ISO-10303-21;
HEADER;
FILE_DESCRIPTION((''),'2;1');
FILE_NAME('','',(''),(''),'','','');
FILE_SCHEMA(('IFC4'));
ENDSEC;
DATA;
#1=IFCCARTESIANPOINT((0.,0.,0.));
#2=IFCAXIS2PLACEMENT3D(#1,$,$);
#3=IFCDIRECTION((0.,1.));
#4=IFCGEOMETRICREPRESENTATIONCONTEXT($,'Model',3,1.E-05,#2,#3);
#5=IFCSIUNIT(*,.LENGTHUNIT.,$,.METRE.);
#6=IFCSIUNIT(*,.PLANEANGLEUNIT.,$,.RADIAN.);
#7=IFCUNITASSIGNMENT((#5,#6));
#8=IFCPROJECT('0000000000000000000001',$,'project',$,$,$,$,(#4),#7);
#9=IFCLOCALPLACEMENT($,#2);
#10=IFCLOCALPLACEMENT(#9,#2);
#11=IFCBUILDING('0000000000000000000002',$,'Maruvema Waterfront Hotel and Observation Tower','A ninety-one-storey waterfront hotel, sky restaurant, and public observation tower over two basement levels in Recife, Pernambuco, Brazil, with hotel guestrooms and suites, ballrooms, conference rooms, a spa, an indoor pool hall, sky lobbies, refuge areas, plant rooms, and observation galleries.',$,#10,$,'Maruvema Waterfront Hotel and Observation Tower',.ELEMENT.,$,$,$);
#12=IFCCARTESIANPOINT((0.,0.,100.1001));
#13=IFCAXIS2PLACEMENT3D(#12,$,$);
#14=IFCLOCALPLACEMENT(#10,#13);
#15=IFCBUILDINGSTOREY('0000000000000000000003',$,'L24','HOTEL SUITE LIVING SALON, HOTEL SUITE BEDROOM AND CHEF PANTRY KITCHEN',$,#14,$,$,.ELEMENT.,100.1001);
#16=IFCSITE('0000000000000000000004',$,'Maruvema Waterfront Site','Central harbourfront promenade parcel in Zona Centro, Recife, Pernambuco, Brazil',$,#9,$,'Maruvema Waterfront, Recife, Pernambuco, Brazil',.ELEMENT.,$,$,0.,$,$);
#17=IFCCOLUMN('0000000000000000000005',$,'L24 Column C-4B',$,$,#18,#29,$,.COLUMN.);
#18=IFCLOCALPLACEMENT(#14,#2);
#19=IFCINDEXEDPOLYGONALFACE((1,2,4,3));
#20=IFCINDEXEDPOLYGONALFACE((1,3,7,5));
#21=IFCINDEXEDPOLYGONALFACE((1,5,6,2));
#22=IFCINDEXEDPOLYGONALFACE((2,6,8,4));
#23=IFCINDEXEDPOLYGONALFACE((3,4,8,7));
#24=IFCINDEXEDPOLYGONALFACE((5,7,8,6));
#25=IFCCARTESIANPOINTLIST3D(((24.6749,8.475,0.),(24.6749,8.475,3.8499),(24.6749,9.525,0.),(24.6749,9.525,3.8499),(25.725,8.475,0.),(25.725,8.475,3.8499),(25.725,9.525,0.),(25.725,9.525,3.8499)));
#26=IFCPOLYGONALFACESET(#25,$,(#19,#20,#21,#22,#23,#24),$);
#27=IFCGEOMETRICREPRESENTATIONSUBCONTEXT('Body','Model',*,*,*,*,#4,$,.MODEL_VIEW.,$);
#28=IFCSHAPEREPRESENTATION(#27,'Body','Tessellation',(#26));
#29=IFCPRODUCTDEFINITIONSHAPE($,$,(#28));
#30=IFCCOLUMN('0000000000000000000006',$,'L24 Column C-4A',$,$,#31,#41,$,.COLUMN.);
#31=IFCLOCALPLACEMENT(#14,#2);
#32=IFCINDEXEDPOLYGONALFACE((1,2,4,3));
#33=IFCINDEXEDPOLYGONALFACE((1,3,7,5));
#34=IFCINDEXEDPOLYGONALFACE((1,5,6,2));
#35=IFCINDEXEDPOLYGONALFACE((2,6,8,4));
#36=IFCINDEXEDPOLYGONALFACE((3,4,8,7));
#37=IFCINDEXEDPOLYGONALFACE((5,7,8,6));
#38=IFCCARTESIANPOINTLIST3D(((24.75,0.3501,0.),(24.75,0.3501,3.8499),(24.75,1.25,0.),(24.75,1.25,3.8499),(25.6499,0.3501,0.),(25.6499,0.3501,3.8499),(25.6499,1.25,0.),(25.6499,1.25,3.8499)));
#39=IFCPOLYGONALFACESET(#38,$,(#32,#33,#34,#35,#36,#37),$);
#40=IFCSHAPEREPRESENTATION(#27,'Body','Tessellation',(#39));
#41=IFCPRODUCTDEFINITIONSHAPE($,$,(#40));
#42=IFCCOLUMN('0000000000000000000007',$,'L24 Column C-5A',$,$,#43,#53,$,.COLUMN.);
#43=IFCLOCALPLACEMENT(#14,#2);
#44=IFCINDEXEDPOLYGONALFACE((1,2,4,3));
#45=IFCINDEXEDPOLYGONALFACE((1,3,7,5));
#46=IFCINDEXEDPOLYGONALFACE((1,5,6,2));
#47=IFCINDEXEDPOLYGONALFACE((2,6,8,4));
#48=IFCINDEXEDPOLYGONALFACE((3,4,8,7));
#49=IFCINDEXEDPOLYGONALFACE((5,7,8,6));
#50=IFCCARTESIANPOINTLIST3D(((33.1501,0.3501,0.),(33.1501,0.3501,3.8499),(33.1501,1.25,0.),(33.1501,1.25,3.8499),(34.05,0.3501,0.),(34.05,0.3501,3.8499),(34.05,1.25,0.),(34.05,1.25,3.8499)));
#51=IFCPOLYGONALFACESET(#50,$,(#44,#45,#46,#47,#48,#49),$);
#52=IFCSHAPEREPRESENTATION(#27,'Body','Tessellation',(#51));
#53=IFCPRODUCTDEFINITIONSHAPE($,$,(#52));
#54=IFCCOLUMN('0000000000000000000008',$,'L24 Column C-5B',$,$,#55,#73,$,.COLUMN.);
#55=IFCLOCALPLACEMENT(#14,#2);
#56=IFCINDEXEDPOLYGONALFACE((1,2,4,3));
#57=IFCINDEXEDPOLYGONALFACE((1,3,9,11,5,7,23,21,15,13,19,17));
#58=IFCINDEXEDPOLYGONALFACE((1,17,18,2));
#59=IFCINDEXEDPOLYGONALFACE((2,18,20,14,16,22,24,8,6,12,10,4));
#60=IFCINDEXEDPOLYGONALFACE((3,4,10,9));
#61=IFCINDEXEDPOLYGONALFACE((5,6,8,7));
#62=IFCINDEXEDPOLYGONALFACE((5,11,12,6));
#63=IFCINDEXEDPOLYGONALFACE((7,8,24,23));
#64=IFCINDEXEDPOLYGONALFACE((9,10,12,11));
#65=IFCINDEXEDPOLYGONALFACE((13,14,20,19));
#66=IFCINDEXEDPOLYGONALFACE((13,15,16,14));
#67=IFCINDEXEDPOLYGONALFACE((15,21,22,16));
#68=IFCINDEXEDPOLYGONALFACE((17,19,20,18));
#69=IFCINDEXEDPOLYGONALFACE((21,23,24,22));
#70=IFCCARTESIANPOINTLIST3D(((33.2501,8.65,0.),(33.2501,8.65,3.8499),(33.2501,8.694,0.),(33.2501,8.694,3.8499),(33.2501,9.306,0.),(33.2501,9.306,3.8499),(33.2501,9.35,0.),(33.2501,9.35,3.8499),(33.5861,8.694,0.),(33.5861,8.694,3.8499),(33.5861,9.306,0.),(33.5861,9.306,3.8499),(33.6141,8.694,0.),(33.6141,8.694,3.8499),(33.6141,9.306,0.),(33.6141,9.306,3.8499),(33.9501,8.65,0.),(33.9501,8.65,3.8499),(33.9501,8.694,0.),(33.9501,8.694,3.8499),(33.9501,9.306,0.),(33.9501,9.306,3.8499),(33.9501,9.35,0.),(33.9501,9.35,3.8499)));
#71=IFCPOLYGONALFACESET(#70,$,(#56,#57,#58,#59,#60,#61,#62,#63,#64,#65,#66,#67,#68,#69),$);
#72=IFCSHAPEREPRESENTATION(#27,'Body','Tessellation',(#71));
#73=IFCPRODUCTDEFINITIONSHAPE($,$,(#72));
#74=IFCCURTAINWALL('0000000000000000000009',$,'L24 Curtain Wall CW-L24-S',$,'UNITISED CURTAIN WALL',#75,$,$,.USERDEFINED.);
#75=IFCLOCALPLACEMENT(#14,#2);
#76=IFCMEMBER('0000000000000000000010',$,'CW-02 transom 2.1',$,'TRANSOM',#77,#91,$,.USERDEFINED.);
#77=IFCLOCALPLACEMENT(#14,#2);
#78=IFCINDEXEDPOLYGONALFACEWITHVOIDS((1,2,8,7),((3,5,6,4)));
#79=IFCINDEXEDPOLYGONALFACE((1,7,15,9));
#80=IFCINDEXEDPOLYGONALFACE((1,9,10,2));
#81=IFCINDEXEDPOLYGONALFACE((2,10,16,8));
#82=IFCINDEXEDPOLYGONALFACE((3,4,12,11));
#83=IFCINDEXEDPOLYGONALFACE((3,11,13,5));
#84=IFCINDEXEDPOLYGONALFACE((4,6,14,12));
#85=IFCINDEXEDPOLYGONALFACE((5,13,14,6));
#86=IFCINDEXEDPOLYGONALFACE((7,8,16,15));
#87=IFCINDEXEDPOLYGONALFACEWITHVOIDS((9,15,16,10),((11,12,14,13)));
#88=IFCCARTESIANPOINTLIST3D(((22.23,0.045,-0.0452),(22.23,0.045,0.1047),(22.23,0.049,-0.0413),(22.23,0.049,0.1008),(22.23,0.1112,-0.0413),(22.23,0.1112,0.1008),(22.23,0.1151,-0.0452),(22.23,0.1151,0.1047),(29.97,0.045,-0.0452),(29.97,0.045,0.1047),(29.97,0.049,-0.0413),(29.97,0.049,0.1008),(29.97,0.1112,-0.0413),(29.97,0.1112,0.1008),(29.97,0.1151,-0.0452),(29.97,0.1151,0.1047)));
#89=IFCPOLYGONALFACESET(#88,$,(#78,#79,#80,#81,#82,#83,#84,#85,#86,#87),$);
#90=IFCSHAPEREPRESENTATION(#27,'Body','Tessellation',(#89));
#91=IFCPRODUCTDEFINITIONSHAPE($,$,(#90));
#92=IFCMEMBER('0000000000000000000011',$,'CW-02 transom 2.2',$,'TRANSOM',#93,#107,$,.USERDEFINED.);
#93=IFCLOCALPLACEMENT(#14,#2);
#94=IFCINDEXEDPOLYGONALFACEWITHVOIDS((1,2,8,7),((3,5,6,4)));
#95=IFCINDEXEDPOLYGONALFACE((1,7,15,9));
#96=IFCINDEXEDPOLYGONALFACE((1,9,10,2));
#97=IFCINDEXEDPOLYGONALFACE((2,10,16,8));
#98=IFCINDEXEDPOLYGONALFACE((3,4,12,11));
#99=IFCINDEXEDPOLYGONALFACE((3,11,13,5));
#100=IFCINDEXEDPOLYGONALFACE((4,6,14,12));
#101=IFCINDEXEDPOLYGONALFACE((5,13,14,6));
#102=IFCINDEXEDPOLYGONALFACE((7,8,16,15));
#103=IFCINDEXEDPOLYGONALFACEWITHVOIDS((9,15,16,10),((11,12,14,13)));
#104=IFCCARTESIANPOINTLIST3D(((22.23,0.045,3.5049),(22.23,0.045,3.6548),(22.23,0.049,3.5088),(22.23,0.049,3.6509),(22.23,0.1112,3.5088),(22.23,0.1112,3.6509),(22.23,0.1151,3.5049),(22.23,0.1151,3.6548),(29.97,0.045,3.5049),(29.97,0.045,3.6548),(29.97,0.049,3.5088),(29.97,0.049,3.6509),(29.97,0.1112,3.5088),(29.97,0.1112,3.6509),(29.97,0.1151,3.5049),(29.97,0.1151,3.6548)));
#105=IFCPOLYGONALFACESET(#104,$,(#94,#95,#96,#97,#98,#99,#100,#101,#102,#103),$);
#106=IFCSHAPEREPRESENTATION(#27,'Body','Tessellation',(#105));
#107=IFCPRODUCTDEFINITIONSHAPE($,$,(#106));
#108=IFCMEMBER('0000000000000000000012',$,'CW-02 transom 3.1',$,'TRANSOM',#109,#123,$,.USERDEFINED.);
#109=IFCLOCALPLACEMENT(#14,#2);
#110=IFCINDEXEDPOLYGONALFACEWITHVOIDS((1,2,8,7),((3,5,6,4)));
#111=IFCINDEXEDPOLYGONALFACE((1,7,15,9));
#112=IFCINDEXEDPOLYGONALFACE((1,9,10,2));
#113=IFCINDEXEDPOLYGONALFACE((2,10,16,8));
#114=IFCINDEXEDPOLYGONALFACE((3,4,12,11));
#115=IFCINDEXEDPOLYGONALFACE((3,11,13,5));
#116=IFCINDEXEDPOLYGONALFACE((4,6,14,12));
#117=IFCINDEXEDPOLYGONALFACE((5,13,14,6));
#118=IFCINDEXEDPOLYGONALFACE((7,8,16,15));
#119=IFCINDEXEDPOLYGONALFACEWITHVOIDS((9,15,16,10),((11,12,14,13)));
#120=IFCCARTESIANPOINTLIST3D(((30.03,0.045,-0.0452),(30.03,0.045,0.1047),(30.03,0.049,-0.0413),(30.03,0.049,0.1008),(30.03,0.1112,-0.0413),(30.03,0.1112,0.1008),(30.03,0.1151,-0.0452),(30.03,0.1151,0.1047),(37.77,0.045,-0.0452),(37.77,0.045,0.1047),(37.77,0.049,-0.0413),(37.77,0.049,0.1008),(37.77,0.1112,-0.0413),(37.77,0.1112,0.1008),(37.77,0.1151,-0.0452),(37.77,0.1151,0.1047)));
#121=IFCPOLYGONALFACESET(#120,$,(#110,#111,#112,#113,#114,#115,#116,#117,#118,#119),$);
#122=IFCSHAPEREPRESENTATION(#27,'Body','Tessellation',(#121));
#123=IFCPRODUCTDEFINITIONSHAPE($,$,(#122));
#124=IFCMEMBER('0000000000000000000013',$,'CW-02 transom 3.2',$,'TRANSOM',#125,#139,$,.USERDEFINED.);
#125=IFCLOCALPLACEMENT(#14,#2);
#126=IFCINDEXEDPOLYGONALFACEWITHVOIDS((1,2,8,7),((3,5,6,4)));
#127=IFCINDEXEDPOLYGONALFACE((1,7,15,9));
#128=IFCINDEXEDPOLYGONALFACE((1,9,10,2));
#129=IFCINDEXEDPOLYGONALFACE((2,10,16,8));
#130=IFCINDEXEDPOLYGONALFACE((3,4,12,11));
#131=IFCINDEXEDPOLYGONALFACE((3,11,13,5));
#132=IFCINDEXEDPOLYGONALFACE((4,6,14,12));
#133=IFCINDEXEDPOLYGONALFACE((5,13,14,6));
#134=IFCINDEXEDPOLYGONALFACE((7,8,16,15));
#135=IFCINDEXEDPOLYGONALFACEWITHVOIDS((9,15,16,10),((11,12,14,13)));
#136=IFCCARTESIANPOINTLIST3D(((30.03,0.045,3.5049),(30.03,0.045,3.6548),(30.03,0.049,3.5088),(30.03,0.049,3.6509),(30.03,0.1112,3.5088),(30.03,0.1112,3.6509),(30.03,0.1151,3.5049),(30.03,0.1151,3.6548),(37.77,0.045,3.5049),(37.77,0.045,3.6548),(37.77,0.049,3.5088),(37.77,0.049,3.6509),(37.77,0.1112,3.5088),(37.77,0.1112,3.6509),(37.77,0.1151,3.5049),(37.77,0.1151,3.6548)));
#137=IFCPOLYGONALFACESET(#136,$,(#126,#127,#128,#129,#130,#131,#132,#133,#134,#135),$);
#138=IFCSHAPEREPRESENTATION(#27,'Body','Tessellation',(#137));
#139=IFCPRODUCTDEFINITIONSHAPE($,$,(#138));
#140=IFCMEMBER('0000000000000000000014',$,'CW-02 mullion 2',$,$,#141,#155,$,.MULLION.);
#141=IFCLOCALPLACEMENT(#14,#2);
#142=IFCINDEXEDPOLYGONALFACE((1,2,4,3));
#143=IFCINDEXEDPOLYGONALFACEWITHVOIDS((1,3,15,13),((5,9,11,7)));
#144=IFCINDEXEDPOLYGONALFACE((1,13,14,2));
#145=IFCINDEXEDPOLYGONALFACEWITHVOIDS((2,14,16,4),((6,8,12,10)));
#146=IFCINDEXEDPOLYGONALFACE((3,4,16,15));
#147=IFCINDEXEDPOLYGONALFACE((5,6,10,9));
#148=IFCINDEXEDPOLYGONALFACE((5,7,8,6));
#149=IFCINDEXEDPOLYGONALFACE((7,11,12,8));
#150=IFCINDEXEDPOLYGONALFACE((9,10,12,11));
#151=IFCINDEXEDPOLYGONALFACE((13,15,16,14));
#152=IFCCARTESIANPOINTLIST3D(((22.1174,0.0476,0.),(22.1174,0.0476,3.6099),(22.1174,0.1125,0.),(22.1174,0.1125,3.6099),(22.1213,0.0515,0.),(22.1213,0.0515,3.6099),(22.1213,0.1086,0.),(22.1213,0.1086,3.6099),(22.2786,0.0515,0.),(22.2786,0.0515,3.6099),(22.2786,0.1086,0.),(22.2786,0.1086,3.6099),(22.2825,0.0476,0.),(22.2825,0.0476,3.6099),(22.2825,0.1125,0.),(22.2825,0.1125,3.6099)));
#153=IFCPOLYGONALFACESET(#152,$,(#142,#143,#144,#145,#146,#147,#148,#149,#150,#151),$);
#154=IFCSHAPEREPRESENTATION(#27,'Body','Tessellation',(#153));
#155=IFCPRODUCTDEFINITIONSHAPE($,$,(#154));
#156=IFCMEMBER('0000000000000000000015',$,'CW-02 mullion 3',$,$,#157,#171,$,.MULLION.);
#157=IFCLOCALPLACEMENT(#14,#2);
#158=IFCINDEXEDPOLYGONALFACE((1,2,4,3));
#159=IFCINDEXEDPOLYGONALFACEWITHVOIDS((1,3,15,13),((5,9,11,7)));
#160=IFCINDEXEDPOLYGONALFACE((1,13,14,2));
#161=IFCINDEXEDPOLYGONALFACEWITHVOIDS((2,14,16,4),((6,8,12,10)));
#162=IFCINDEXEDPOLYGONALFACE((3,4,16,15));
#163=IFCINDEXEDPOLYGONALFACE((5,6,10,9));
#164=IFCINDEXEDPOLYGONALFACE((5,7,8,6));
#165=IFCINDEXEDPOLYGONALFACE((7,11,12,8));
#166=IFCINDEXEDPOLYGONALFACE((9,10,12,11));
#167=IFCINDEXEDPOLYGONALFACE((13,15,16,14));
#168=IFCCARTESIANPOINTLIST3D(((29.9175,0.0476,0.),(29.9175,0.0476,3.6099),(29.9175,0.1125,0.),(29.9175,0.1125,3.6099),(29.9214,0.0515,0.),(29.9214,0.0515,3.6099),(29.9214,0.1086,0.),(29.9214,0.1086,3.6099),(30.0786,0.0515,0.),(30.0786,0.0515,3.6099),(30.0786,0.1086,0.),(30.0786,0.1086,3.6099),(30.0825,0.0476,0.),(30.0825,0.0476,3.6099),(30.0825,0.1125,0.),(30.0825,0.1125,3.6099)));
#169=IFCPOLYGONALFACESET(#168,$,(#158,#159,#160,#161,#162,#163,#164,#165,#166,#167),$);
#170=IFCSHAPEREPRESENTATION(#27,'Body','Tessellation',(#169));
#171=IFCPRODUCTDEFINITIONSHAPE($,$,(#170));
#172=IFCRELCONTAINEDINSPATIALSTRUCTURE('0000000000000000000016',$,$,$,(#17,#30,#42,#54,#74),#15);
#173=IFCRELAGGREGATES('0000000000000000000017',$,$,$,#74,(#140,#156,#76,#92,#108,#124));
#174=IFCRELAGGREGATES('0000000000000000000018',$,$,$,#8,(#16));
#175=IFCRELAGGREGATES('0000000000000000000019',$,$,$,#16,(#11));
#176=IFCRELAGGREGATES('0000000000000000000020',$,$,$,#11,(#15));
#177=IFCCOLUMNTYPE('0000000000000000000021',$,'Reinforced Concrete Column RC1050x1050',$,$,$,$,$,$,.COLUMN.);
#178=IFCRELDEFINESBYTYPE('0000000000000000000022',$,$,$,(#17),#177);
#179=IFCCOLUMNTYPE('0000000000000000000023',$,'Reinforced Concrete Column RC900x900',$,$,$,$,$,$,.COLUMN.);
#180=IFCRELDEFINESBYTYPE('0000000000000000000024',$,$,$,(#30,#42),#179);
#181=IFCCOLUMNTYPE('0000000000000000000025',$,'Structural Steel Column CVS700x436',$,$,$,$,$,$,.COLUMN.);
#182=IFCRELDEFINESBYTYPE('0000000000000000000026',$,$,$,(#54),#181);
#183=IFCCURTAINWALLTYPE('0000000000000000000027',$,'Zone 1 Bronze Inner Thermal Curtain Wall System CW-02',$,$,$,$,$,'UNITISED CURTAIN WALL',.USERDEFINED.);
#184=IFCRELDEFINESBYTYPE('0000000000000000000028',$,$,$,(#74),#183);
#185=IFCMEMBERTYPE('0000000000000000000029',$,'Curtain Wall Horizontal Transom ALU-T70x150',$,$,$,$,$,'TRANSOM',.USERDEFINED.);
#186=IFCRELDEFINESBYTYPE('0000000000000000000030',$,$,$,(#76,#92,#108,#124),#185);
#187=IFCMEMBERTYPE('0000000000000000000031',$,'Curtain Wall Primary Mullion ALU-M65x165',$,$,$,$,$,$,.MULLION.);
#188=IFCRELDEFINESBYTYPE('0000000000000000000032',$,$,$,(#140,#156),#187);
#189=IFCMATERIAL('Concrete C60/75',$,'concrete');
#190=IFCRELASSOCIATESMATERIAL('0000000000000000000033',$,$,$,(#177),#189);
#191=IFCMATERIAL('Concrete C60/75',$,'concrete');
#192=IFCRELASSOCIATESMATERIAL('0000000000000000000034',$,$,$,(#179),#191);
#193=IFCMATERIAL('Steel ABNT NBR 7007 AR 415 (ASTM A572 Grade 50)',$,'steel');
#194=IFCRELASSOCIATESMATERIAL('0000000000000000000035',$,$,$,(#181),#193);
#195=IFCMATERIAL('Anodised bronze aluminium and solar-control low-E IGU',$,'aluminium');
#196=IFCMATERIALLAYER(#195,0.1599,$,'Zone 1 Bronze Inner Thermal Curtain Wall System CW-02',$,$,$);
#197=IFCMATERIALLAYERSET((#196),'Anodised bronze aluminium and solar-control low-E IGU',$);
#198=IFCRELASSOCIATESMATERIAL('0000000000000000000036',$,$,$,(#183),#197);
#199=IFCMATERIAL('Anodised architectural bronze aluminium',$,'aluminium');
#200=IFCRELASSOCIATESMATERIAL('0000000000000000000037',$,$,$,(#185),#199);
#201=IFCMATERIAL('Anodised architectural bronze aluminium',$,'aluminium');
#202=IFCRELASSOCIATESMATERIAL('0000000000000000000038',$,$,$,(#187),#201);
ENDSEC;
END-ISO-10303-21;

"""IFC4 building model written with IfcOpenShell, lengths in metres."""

from ifc_helpers import new_model, si_unit, direction, frame, origin, origin_2d, place, context, subcontext, project, spatial, rectangle, hollow_rectangle, i_section, extrude, material, layer, layer_set, material_profile, profile_set, type_object, element, aggregate, save


model = new_model("IFC4")

# Units and contexts
model_context = context("Model", 3, precision=1e-05, world=origin(), true_north=direction((0.0, 1.0)))
body_context = subcontext(model_context, "Body", "Model", "MODEL_VIEW")
ifc_project = project(units=[si_unit("LENGTHUNIT", "METRE"), si_unit("PLANEANGLEUNIT", "RADIAN")], contexts=[model_context])

# Site, building, storey
site_placement = place(None, origin())
site = spatial("IfcSite", under=ifc_project, at=site_placement, Name="Maruvema Waterfront Site", Description="Central harbourfront promenade parcel in Zona Centro, Recife, Pernambuco, Brazil", LongName="Maruvema Waterfront, Recife, Pernambuco, Brazil", CompositionType="ELEMENT", RefElevation=0.0)
building_placement = place(site_placement, origin())
building = spatial("IfcBuilding", under=site, at=building_placement, Name="Maruvema Waterfront Hotel and Observation Tower", Description="A ninety-one-storey waterfront hotel, sky restaurant, and public observation tower over two basement levels in Recife, Pernambuco, Brazil, with hotel guestrooms and suites, ballrooms, conference rooms, a spa, an indoor pool hall, sky lobbies, refuge areas, plant rooms, and observation galleries.", LongName="Maruvema Waterfront Hotel and Observation Tower", CompositionType="ELEMENT")
storey_placement = place(building_placement, frame((0.0, 0.0, 100.1001)))
storey = spatial("IfcBuildingStorey", under=building, at=storey_placement, Name="L24", Description="HOTEL SUITE LIVING SALON, HOTEL SUITE BEDROOM AND CHEF PANTRY KITCHEN", CompositionType="ELEMENT", Elevation=100.1001)

# Columns
ifc_material_1 = material(Name="Concrete C60/75", Category="concrete")
ifc_material_profile_1 = material_profile(ifc_material_1, rectangle(XDim=1.05, YDim=1.05, at=origin_2d()), Name="RC1050x1050")
ifc_profile_set_1 = profile_set([ifc_material_profile_1], Name="Concrete C60/75")
column_type_1 = type_object("IfcColumnType", Name="Reinforced Concrete Column RC1050x1050", PredefinedType="COLUMN", material=ifc_profile_set_1)
column_1_placement = place(storey_placement, frame((25.2, 9.0, 0.0), z_axis=(0.0, 0.0, 1.0), x_axis=(1.0, 0.0, 0.0)))
element("IfcColumn", 1, at=column_1_placement, inside=storey, type_object=column_type_1, Name="L24 Column C-4B", PredefinedType="COLUMN", context=body_context, shape_type="SweptSolid", body=[
    extrude(rectangle(XDim=1.05, YDim=1.05, at=origin_2d()), origin(), (0.0, 0.0, 1.0), 3.8499),
])
ifc_material_2 = material(Name="Concrete C60/75", Category="concrete")
ifc_material_profile_2 = material_profile(ifc_material_2, rectangle(XDim=0.8999, YDim=0.8999, at=origin_2d()), Name="RC900x900")
ifc_profile_set_2 = profile_set([ifc_material_profile_2], Name="Concrete C60/75")
column_type_2 = type_object("IfcColumnType", Name="Reinforced Concrete Column RC900x900", PredefinedType="COLUMN", material=ifc_profile_set_2)
for number, where, z_axis, x_axis, name in (
    (2, (25.2, 0.8, 0.0), (0.0, 0.0, 1.0), (1.0, 0.0, 0.0), "L24 Column C-4A"),
    (3, (33.6001, 0.8, 0.0), (0.0, 0.0, 1.0), (1.0, 0.0, 0.0), "L24 Column C-5A"),
):
    element("IfcColumn", number, at=place(storey_placement, frame(where, z_axis=z_axis, x_axis=x_axis)), inside=storey, type_object=column_type_2, Name=name, PredefinedType="COLUMN", context=body_context, shape_type="SweptSolid", body=[
        extrude(rectangle(XDim=0.8999, YDim=0.8999, at=origin_2d()), origin(), (0.0, 0.0, 1.0), 3.8499),
    ])
ifc_material_3 = material(Name="Steel ABNT NBR 7007 AR 415 (ASTM A572 Grade 50)", Category="steel")
ifc_material_profile_3 = material_profile(ifc_material_3, i_section(OverallWidth=0.7, OverallDepth=0.7, WebThickness=0.0281, FlangeThickness=0.0439, at=origin_2d()), Name="CVS700x436")
ifc_profile_set_3 = profile_set([ifc_material_profile_3], Name="Steel ABNT NBR 7007 AR 415 (ASTM A572 Grade 50)")
column_type_3 = type_object("IfcColumnType", Name="Structural Steel Column CVS700x436", PredefinedType="COLUMN", material=ifc_profile_set_3)
column_2_placement = place(storey_placement, frame((33.6001, 9.0, 0.0), z_axis=(0.0, 0.0, 1.0), x_axis=(1.0, 0.0, 0.0)))
element("IfcColumn", 4, at=column_2_placement, inside=storey, type_object=column_type_3, Name="L24 Column C-5B", PredefinedType="COLUMN", context=body_context, shape_type="SweptSolid", body=[
    extrude(i_section(OverallWidth=0.7, OverallDepth=0.7, WebThickness=0.0281, FlangeThickness=0.0439, at=origin_2d()), origin(), (0.0, 0.0, 1.0), 3.8499),
])

# Curtain wall, members
ifc_material_4 = material(Name="Anodised bronze aluminium and solar-control low-E IGU", Category="aluminium")
ifc_layer_1 = layer(ifc_material_4, 0.1599, Name="Zone 1 Bronze Inner Thermal Curtain Wall System CW-02")
ifc_layer_set_1 = layer_set([ifc_layer_1], Name="Anodised bronze aluminium and solar-control low-E IGU")
curtain_wall_type = type_object("IfcCurtainWallType", Name="Zone 1 Bronze Inner Thermal Curtain Wall System CW-02", ElementType="UNITISED CURTAIN WALL", PredefinedType="USERDEFINED", material=ifc_layer_set_1)
curtain_wall_placement = place(storey_placement, origin())
curtain_wall = element("IfcCurtainWall", 5, at=curtain_wall_placement, inside=storey, type_object=curtain_wall_type, Name="L24 Curtain Wall CW-L24-S", ObjectType="UNITISED CURTAIN WALL", PredefinedType="USERDEFINED")
ifc_material_5 = material(Name="Anodised architectural bronze aluminium", Category="aluminium")
ifc_material_profile_4 = material_profile(ifc_material_5, hollow_rectangle(XDim=0.0701, YDim=0.1499, WallThickness=0.0039, at=origin_2d()), Name="ALU-T70x150")
ifc_profile_set_4 = profile_set([ifc_material_profile_4], Name="Anodised architectural bronze aluminium")
member_type_1 = type_object("IfcMemberType", Name="Curtain Wall Horizontal Transom ALU-T70x150", ElementType="TRANSOM", PredefinedType="USERDEFINED", material=ifc_profile_set_4)
member_1_placement = place(storey_placement, frame((22.23, 0.0801, 0.0298), z_axis=(1.0, 0.0, 0.0), x_axis=(0.0, 1.0, 0.0)))
member_1 = element("IfcMember", 6, at=member_1_placement, type_object=member_type_1, Name="CW-02 transom 2.1", ObjectType="TRANSOM", PredefinedType="USERDEFINED", context=body_context, shape_type="SweptSolid", body=[
    extrude(hollow_rectangle(XDim=0.0701, YDim=0.1499, WallThickness=0.0039, at=origin_2d()), origin(), (0.0, 0.0, 1.0), 7.74),
])
member_2_placement = place(storey_placement, frame((22.23, 0.0801, 3.5798), z_axis=(1.0, 0.0, 0.0), x_axis=(0.0, 1.0, 0.0)))
member_2 = element("IfcMember", 7, at=member_2_placement, type_object=member_type_1, Name="CW-02 transom 2.2", ObjectType="TRANSOM", PredefinedType="USERDEFINED", context=body_context, shape_type="SweptSolid", body=[
    extrude(hollow_rectangle(XDim=0.0701, YDim=0.1499, WallThickness=0.0039, at=origin_2d()), origin(), (0.0, 0.0, 1.0), 7.74),
])
member_3_placement = place(storey_placement, frame((30.03, 0.0801, 0.0298), z_axis=(1.0, 0.0, 0.0), x_axis=(0.0, 1.0, 0.0)))
member_3 = element("IfcMember", 8, at=member_3_placement, type_object=member_type_1, Name="CW-02 transom 3.1", ObjectType="TRANSOM", PredefinedType="USERDEFINED", context=body_context, shape_type="SweptSolid", body=[
    extrude(hollow_rectangle(XDim=0.0701, YDim=0.1499, WallThickness=0.0039, at=origin_2d()), origin(), (0.0, 0.0, 1.0), 7.74),
])
member_4_placement = place(storey_placement, frame((30.03, 0.0801, 3.5798), z_axis=(1.0, 0.0, 0.0), x_axis=(0.0, 1.0, 0.0)))
member_4 = element("IfcMember", 9, at=member_4_placement, type_object=member_type_1, Name="CW-02 transom 3.2", ObjectType="TRANSOM", PredefinedType="USERDEFINED", context=body_context, shape_type="SweptSolid", body=[
    extrude(hollow_rectangle(XDim=0.0701, YDim=0.1499, WallThickness=0.0039, at=origin_2d()), origin(), (0.0, 0.0, 1.0), 7.74),
])
ifc_material_6 = material(Name="Anodised architectural bronze aluminium", Category="aluminium")
ifc_material_profile_5 = material_profile(ifc_material_6, hollow_rectangle(XDim=0.0649, YDim=0.165, WallThickness=0.0039, at=origin_2d()), Name="ALU-M65x165")
ifc_profile_set_5 = profile_set([ifc_material_profile_5], Name="Anodised architectural bronze aluminium")
member_type_2 = type_object("IfcMemberType", Name="Curtain Wall Primary Mullion ALU-M65x165", PredefinedType="MULLION", material=ifc_profile_set_5)
member_5_placement = place(storey_placement, frame((22.2, 0.0801, 0.0), z_axis=(0.0, 0.0, 1.0), x_axis=(0.0, 1.0, 0.0)))
member_5 = element("IfcMember", 10, at=member_5_placement, type_object=member_type_2, Name="CW-02 mullion 2", PredefinedType="MULLION", context=body_context, shape_type="SweptSolid", body=[
    extrude(hollow_rectangle(XDim=0.0649, YDim=0.165, WallThickness=0.0039, at=origin_2d()), origin(), (0.0, 0.0, 1.0), 3.6099),
])
member_6_placement = place(storey_placement, frame((30.0, 0.0801, 0.0), z_axis=(0.0, 0.0, 1.0), x_axis=(0.0, 1.0, 0.0)))
member_6 = element("IfcMember", 11, at=member_6_placement, type_object=member_type_2, Name="CW-02 mullion 3", PredefinedType="MULLION", context=body_context, shape_type="SweptSolid", body=[
    extrude(hollow_rectangle(XDim=0.0649, YDim=0.165, WallThickness=0.0039, at=origin_2d()), origin(), (0.0, 0.0, 1.0), 3.6099),
])

aggregate(curtain_wall, [member_5, member_6, member_1, member_2, member_3, member_4])

save(model, "model.ifc")
